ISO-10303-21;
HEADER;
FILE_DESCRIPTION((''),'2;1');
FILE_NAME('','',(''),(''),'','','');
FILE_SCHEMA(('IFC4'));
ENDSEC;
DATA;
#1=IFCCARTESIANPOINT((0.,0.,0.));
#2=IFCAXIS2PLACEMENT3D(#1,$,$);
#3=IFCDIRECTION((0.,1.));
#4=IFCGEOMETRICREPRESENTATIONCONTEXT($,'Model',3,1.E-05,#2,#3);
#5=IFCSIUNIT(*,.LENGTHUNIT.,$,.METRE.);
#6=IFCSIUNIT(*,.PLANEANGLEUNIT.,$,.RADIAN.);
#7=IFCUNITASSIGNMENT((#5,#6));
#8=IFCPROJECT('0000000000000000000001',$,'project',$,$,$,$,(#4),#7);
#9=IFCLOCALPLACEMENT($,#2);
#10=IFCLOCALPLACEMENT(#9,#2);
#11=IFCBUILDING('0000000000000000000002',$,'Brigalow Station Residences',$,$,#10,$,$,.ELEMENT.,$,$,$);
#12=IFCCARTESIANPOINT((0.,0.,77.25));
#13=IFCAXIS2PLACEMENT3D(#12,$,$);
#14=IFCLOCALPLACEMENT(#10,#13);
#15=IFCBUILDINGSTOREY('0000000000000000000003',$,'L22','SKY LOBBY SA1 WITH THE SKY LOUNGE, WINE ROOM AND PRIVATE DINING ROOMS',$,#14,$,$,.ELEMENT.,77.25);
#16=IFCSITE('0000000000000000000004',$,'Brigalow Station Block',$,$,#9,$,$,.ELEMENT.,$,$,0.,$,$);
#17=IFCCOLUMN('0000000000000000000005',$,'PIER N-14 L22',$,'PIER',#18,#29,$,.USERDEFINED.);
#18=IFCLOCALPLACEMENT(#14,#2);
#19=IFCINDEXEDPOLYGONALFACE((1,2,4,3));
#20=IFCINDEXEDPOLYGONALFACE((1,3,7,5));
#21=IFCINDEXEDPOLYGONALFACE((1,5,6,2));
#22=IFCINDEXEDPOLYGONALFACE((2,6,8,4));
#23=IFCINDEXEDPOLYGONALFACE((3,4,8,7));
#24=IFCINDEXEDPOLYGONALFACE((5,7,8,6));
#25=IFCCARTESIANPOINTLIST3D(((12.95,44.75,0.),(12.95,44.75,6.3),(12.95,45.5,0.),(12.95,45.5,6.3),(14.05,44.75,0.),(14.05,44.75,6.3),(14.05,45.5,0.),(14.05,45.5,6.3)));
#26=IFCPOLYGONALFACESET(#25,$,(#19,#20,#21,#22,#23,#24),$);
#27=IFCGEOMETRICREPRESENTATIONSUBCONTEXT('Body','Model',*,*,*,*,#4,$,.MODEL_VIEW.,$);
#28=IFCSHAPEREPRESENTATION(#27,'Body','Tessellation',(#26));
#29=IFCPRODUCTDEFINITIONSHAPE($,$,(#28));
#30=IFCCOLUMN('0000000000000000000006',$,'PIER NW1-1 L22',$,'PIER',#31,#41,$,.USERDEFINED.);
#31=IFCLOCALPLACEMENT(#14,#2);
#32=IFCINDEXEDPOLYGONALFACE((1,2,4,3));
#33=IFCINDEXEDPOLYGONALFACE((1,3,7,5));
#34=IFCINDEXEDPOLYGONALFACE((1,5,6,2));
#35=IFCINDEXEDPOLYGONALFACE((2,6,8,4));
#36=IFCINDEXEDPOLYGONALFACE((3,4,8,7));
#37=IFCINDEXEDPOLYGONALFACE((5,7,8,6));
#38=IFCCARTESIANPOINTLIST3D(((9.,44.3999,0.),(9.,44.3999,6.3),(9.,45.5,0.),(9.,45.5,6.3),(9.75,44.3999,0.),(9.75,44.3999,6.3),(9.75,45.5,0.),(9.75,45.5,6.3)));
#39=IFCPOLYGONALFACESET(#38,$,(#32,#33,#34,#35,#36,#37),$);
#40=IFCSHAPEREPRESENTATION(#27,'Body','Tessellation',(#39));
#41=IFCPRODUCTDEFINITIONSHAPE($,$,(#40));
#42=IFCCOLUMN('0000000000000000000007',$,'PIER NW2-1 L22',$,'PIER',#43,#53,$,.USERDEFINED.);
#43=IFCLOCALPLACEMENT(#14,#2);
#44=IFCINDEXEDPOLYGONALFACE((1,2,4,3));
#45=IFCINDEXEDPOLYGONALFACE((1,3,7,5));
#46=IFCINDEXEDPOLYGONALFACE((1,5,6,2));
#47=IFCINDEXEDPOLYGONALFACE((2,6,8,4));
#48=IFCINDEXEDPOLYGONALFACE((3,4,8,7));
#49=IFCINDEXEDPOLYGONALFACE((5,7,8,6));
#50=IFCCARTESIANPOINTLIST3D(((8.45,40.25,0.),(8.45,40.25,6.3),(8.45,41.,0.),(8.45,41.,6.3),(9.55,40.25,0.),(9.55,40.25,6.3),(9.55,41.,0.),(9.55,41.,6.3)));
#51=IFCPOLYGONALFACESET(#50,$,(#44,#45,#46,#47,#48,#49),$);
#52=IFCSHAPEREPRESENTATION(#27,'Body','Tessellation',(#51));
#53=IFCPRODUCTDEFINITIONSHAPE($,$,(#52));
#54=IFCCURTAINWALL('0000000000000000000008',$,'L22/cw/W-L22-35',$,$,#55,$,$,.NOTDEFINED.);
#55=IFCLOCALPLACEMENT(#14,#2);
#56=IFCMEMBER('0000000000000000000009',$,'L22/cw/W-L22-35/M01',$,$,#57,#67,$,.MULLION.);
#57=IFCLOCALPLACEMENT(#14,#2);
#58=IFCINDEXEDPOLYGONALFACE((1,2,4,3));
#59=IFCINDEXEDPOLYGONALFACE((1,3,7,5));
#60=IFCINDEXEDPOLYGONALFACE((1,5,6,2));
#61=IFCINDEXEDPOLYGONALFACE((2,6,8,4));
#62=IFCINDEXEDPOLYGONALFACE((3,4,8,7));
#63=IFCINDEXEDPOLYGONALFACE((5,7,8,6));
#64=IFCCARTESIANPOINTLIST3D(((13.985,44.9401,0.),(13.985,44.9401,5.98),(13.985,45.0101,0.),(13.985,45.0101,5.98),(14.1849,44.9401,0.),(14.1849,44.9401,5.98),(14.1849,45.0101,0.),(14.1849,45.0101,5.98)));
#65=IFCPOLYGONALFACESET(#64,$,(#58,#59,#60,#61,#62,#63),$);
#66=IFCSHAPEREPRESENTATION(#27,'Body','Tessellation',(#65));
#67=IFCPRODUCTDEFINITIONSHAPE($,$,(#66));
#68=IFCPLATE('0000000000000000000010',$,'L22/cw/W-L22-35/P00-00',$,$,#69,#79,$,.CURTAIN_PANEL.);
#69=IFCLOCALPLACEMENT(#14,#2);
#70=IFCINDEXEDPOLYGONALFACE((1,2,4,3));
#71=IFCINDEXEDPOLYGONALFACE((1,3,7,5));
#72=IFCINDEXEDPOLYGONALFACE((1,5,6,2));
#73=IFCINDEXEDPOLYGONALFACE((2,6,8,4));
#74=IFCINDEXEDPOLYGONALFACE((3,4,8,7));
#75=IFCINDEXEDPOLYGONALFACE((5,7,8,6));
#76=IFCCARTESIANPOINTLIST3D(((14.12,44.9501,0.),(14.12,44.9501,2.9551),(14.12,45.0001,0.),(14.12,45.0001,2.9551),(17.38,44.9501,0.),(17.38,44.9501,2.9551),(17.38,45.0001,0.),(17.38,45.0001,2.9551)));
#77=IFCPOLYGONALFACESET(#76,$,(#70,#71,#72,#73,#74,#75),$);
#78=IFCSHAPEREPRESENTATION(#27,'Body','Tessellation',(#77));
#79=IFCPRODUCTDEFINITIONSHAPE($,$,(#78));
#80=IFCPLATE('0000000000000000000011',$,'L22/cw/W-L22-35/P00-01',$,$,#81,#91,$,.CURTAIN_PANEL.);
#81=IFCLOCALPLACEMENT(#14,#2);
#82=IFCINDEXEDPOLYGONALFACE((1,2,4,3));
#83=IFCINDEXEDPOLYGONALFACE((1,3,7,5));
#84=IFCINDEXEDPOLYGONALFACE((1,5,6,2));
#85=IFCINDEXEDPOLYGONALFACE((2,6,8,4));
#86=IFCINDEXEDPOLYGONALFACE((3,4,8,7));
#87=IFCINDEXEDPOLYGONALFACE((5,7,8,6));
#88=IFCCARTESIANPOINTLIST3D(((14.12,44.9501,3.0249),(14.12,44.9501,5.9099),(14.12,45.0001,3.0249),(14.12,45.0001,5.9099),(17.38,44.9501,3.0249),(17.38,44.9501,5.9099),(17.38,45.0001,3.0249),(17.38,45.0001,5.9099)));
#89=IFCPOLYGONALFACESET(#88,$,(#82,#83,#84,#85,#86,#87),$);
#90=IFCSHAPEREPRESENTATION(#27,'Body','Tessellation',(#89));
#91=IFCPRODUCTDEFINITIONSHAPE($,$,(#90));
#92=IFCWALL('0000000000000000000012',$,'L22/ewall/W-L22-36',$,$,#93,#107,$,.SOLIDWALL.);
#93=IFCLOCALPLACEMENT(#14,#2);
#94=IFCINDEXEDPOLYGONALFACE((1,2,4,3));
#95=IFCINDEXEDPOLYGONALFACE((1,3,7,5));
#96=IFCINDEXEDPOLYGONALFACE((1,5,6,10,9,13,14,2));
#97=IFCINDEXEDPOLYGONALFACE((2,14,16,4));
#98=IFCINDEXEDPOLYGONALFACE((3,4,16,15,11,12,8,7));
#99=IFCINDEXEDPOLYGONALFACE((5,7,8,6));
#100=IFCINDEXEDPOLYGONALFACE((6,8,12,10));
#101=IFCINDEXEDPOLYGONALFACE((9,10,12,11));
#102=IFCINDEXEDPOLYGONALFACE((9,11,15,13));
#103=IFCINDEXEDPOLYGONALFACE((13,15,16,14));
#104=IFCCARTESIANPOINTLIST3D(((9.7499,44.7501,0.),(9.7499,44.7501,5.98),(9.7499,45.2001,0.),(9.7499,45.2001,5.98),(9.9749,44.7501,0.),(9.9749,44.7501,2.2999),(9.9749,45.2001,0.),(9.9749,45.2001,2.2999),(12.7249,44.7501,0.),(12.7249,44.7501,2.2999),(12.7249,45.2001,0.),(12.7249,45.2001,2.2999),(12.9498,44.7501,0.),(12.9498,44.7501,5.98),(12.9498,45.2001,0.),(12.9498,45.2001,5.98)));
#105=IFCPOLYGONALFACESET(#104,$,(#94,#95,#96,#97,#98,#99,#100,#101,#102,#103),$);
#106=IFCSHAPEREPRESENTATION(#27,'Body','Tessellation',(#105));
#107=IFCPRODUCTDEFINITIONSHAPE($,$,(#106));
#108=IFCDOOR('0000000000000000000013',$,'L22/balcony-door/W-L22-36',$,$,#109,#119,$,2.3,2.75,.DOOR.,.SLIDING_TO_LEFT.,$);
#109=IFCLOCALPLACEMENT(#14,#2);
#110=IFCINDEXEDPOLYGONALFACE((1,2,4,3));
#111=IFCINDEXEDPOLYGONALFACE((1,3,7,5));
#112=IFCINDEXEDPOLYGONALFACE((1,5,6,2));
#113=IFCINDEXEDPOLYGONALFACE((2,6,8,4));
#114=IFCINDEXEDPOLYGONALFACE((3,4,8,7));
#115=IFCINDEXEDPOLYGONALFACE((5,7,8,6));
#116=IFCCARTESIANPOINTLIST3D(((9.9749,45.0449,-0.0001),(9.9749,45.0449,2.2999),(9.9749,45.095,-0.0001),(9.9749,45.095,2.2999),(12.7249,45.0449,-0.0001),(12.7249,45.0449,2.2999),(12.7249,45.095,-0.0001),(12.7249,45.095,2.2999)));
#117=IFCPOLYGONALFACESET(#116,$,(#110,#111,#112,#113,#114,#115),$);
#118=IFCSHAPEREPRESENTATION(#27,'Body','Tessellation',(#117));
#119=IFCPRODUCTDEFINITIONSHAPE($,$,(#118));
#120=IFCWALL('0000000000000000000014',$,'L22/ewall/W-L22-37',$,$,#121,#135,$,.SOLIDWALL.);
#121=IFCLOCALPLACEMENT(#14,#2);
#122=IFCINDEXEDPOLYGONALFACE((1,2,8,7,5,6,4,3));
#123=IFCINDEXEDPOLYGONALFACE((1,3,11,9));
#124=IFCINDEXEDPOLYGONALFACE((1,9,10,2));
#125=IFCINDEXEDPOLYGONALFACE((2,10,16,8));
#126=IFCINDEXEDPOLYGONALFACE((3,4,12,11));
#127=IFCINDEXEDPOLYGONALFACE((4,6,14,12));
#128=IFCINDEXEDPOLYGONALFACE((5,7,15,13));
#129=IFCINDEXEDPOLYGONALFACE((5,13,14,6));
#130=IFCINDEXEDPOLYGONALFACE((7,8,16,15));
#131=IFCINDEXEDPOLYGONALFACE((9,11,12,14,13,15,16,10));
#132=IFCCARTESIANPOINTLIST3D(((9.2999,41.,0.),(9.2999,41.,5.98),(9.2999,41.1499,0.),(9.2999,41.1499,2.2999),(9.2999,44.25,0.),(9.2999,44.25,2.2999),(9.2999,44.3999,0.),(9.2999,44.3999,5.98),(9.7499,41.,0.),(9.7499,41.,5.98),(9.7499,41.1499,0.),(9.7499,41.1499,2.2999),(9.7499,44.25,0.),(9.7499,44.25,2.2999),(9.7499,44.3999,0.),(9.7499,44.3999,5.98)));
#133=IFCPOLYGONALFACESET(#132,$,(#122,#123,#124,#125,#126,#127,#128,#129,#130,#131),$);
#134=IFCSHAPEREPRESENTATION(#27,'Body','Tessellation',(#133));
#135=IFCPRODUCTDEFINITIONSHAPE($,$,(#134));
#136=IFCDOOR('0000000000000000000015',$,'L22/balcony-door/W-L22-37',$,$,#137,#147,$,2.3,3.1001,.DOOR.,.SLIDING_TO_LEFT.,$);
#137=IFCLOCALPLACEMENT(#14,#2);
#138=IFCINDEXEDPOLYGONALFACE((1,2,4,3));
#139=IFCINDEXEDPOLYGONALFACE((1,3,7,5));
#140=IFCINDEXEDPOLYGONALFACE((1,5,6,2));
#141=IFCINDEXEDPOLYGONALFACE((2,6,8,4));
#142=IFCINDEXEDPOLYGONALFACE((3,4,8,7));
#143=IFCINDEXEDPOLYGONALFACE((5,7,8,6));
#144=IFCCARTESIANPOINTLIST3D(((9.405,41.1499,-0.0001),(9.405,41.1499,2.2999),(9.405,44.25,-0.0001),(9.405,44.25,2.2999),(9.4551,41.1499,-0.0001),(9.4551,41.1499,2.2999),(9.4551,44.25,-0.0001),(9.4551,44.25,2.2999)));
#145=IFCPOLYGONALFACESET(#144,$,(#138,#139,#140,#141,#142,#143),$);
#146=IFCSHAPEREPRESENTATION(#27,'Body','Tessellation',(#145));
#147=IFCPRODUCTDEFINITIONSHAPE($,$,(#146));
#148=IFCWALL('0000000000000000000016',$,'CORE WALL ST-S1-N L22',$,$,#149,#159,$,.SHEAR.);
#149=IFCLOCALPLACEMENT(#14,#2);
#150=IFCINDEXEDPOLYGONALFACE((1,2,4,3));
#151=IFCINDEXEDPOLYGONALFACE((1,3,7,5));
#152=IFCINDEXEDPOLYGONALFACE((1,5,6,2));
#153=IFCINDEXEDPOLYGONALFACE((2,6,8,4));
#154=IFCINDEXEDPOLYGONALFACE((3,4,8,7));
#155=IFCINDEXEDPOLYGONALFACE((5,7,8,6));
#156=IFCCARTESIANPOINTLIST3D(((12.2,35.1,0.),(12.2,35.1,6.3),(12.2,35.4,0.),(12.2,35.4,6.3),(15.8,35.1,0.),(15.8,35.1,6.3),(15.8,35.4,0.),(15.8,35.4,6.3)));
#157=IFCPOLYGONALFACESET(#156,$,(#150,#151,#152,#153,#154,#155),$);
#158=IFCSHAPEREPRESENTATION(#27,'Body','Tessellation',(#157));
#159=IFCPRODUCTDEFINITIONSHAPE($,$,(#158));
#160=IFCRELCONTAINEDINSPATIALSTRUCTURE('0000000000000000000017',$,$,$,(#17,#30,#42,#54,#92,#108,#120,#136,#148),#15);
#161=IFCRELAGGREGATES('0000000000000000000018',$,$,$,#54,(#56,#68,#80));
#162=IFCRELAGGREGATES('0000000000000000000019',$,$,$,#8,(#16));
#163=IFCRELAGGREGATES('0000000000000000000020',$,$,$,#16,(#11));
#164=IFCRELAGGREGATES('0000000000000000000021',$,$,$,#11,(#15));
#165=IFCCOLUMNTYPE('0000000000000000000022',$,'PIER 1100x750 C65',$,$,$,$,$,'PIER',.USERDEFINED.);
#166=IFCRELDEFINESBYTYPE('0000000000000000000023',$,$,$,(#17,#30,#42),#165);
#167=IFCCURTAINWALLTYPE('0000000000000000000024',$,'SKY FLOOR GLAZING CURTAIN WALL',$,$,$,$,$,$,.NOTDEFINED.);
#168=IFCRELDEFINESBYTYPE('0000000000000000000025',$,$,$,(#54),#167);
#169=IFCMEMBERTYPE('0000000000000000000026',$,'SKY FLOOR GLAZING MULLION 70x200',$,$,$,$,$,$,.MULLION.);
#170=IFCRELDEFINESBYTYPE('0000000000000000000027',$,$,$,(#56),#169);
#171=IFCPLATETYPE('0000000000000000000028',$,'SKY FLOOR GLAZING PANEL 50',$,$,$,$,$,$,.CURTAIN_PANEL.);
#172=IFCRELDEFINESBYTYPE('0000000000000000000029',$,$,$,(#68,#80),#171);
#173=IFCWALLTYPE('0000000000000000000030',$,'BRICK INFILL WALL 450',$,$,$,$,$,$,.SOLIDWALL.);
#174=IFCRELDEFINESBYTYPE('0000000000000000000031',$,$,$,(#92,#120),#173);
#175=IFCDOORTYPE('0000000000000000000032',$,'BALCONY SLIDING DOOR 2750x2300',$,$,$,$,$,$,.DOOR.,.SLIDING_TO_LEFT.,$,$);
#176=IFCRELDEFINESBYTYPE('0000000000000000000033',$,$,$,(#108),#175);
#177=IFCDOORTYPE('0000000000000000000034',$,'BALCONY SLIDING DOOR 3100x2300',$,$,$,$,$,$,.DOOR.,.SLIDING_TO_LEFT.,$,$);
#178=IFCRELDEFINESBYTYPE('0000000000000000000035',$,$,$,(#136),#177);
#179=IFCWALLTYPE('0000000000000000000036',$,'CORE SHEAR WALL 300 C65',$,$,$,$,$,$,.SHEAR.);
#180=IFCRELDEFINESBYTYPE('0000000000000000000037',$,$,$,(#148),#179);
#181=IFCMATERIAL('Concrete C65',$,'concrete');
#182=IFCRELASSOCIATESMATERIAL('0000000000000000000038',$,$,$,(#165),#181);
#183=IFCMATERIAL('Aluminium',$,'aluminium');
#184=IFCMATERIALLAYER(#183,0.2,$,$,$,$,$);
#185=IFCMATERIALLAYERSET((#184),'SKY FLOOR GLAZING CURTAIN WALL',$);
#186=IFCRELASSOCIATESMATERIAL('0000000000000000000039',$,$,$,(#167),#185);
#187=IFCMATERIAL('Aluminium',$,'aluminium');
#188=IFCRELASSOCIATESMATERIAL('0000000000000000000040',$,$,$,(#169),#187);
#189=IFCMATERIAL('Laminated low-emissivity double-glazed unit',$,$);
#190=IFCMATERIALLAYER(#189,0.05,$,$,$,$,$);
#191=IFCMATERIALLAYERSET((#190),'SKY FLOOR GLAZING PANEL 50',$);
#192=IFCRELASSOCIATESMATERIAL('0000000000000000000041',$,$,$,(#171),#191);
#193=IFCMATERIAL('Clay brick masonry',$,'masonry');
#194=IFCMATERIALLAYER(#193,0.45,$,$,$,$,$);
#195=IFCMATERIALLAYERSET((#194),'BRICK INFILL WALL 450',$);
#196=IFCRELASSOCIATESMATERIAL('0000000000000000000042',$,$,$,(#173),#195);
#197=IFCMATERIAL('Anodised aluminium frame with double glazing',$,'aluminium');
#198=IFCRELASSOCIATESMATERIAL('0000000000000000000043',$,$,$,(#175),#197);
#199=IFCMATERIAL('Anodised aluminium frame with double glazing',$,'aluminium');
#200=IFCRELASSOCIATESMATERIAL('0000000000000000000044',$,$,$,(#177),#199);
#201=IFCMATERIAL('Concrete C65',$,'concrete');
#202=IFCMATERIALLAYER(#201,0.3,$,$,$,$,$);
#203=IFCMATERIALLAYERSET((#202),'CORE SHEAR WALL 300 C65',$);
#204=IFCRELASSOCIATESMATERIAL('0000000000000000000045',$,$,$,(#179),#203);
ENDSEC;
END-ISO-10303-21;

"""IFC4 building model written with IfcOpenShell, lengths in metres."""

from ifc_helpers import new_model, si_unit, direction, frame, frame_2d, origin, origin_2d, place, context, subcontext, project, spatial, rectangle, extrude, material, layer, layer_set, material_profile, profile_set, type_object, element, fill, aggregate, save


model = new_model("IFC4")

# Units and contexts
model_context = context("Model", 3, precision=1e-05, world=origin(), true_north=direction((0.0, 1.0)))
body_context = subcontext(model_context, "Body", "Model", "MODEL_VIEW")
ifc_project = project(units=[si_unit("LENGTHUNIT", "METRE"), si_unit("PLANEANGLEUNIT", "RADIAN")], contexts=[model_context])

# Site, building, storey
site_placement = place(None, origin())
site = spatial("IfcSite", under=ifc_project, at=site_placement, Name="Brigalow Station Block", CompositionType="ELEMENT", RefElevation=0.0)
building_placement = place(site_placement, origin())
building = spatial("IfcBuilding", under=site, at=building_placement, Name="Brigalow Station Residences", CompositionType="ELEMENT")
storey_placement = place(building_placement, frame((0.0, 0.0, 77.25)))
storey = spatial("IfcBuildingStorey", under=building, at=storey_placement, Name="L22", Description="SKY LOBBY SA1 WITH THE SKY LOUNGE, WINE ROOM AND PRIVATE DINING ROOMS", CompositionType="ELEMENT", Elevation=77.25)

# Columns
ifc_material_1 = material(Name="Concrete C65", Category="concrete")
ifc_material_profile_1 = material_profile(ifc_material_1, rectangle(XDim=1.1001, YDim=0.75, at=origin_2d()), Name="RC1100x750")
ifc_profile_set_1 = profile_set([ifc_material_profile_1], Name="Concrete C65")
column_type = type_object("IfcColumnType", Name="PIER 1100x750 C65", ElementType="PIER", PredefinedType="USERDEFINED", material=ifc_profile_set_1)
for number, where, z_axis, x_axis, name in (
    (1, (13.5, 45.125, 0.0), (0.0, 0.0, 1.0), (-1.0, 0.0, 0.0), "PIER N-14 L22"),
    (2, (9.375, 44.95, 0.0), (0.0, 0.0, 1.0), (0.0, -1.0, 0.0), "PIER NW1-1 L22"),
    (3, (9.0, 40.625, 0.0), (0.0, 0.0, 1.0), (-1.0, 0.0, 0.0), "PIER NW2-1 L22"),
):
    element("IfcColumn", number, at=place(storey_placement, frame(where, z_axis=z_axis, x_axis=x_axis)), inside=storey, type_object=column_type, Name=name, ObjectType="PIER", PredefinedType="USERDEFINED", context=body_context, shape_type="SweptSolid", body=[
        extrude(rectangle(XDim=1.1001, YDim=0.75, at=origin_2d()), origin(), (0.0, 0.0, 1.0), 6.3),
    ])

# Curtain wall, member, plates
ifc_material_2 = material(Name="Aluminium", Category="aluminium")
ifc_layer_1 = layer(ifc_material_2, 0.2)
ifc_layer_set_1 = layer_set([ifc_layer_1], Name="SKY FLOOR GLAZING CURTAIN WALL")
curtain_wall_type = type_object("IfcCurtainWallType", Name="SKY FLOOR GLAZING CURTAIN WALL", PredefinedType="NOTDEFINED", material=ifc_layer_set_1)
curtain_wall_placement = place(storey_placement, origin())
curtain_wall = element("IfcCurtainWall", 4, at=curtain_wall_placement, inside=storey, type_object=curtain_wall_type, Name="L22/cw/W-L22-35", PredefinedType="NOTDEFINED")
ifc_material_3 = material(Name="Aluminium", Category="aluminium")
ifc_material_profile_2 = material_profile(ifc_material_3, rectangle(XDim=0.0701, YDim=0.2, at=origin_2d()), Name="SKY FLOOR GLAZING MULLION 70x200")
ifc_profile_set_2 = profile_set([ifc_material_profile_2], Name="Aluminium")
member_type = type_object("IfcMemberType", Name="SKY FLOOR GLAZING MULLION 70x200", PredefinedType="MULLION", material=ifc_profile_set_2)
member_placement = place(storey_placement, frame((14.085, 44.9751, 0.0), z_axis=(0.0, 0.0, 1.0), x_axis=(0.0, -1.0, 0.0)))
member = element("IfcMember", 5, at=member_placement, type_object=member_type, Name="L22/cw/W-L22-35/M01", PredefinedType="MULLION", context=body_context, shape_type="SweptSolid", body=[
    extrude(rectangle(XDim=0.0701, YDim=0.2, at=origin_2d()), origin(), (0.0, 0.0, 1.0), 5.98),
])
ifc_material_4 = material(Name="Laminated low-emissivity double-glazed unit")
ifc_layer_2 = layer(ifc_material_4, 0.05)
ifc_layer_set_2 = layer_set([ifc_layer_2], Name="SKY FLOOR GLAZING PANEL 50")
plate_type = type_object("IfcPlateType", Name="SKY FLOOR GLAZING PANEL 50", PredefinedType="CURTAIN_PANEL", material=ifc_layer_set_2)
plate_1_placement = place(storey_placement, frame((15.75, 44.9751, 0.0), z_axis=(0.0, 0.0, 1.0), x_axis=(-1.0, 0.0, 0.0)))
plate_1 = element("IfcPlate", 6, at=plate_1_placement, type_object=plate_type, Name="L22/cw/W-L22-35/P00-00", PredefinedType="CURTAIN_PANEL", context=body_context, shape_type="SweptSolid", body=[
    extrude(rectangle(XDim=3.26, YDim=0.05, at=origin_2d()), origin(), (0.0, 0.0, 1.0), 2.9551),
])
plate_2_placement = place(storey_placement, frame((15.75, 44.9751, 3.0249), z_axis=(0.0, 0.0, 1.0), x_axis=(-1.0, 0.0, 0.0)))
plate_2 = element("IfcPlate", 7, at=plate_2_placement, type_object=plate_type, Name="L22/cw/W-L22-35/P00-01", PredefinedType="CURTAIN_PANEL", context=body_context, shape_type="SweptSolid", body=[
    extrude(rectangle(XDim=3.26, YDim=0.05, at=origin_2d()), origin(), (0.0, 0.0, 1.0), 2.885),
])
aggregate(curtain_wall, [member, plate_1, plate_2])

# Walls, openings, doors
ifc_material_5 = material(Name="Clay brick masonry", Category="masonry")
ifc_layer_3 = layer(ifc_material_5, 0.45)
ifc_layer_set_3 = layer_set([ifc_layer_3], Name="BRICK INFILL WALL 450")
wall_type_1 = type_object("IfcWallType", Name="BRICK INFILL WALL 450", PredefinedType="SOLIDWALL", material=ifc_layer_set_3)
wall_1_placement = place(storey_placement, frame((12.95, 44.9751, 0.0), z_axis=(0.0, 0.0, 1.0), x_axis=(-1.0, 0.0, 0.0)))
wall_1 = element("IfcWall", 8, at=wall_1_placement, inside=storey, type_object=wall_type_1, Name="L22/ewall/W-L22-36", PredefinedType="SOLIDWALL", context=body_context, shape_type="SweptSolid", body=[
    extrude(rectangle(XDim=3.2, YDim=0.45, at=frame_2d((1.6001, 0.0))), origin(), (0.0, 0.0, 1.0), 5.98),
])
opening_1_placement = place(wall_1_placement, frame((0.2251, 0.0, 0.0)))
opening_1 = element("IfcOpeningElement", 9, at=opening_1_placement, cuts=wall_1, PredefinedType="OPENING", context=body_context, shape_type="SweptSolid", body=[
    extrude(rectangle(XDim=2.75, YDim=2.3, at=frame_2d((1.375, 1.1499))), frame((0.0, 0.2349, 0.0), z_axis=(0.0, -1.0, 0.0), x_axis=(1.0, 0.0, 0.0)), (0.0, 0.0, 1.0), 0.47),
])
ifc_material_6 = material(Name="Anodised aluminium frame with double glazing", Category="aluminium")
door_type_1 = type_object("IfcDoorType", Name="BALCONY SLIDING DOOR 2750x2300", OperationType="SLIDING_TO_LEFT", PredefinedType="DOOR", material=ifc_material_6)
door_1_placement = place(opening_1_placement, origin())
door_1 = element("IfcDoor", 10, at=door_1_placement, inside=storey, type_object=door_type_1, Name="L22/balcony-door/W-L22-36", OperationType="SLIDING_TO_LEFT", OverallHeight=2.3, OverallWidth=2.75, PredefinedType="DOOR", context=body_context, shape_type="SweptSolid", body=[
    extrude(rectangle(XDim=2.75, YDim=2.3, at=frame_2d((1.375, 1.1499))), frame((0.0, -0.0698, 0.0), z_axis=(0.0, -1.0, 0.0), x_axis=(1.0, 0.0, 0.0)), (0.0, 0.0, 1.0), 0.05),
])
fill(opening_1, door_1)
wall_2_placement = place(storey_placement, frame((9.5249, 44.3999, 0.0), z_axis=(0.0, 0.0, 1.0), x_axis=(0.0, -1.0, 0.0)))
wall_2 = element("IfcWall", 11, at=wall_2_placement, inside=storey, type_object=wall_type_1, Name="L22/ewall/W-L22-37", PredefinedType="SOLIDWALL", context=body_context, shape_type="SweptSolid", body=[
    extrude(rectangle(XDim=3.3999, YDim=0.45, at=frame_2d((1.7, 0.0))), origin(), (0.0, 0.0, 1.0), 5.98),
])
opening_2_placement = place(wall_2_placement, frame((0.1499, 0.0, 0.0)))
opening_2 = element("IfcOpeningElement", 12, at=opening_2_placement, cuts=wall_2, PredefinedType="OPENING", context=body_context, shape_type="SweptSolid", body=[
    extrude(rectangle(XDim=3.1001, YDim=2.3, at=frame_2d((1.55, 1.1499))), frame((0.0, 0.2349, 0.0), z_axis=(0.0, -1.0, 0.0), x_axis=(1.0, 0.0, 0.0)), (0.0, 0.0, 1.0), 0.47),
])
ifc_material_7 = material(Name="Anodised aluminium frame with double glazing", Category="aluminium")
door_type_2 = type_object("IfcDoorType", Name="BALCONY SLIDING DOOR 3100x2300", OperationType="SLIDING_TO_LEFT", PredefinedType="DOOR", material=ifc_material_7)
door_2_placement = place(opening_2_placement, origin())
door_2 = element("IfcDoor", 13, at=door_2_placement, inside=storey, type_object=door_type_2, Name="L22/balcony-door/W-L22-37", OperationType="SLIDING_TO_LEFT", OverallHeight=2.3, OverallWidth=3.1001, PredefinedType="DOOR", context=body_context, shape_type="SweptSolid", body=[
    extrude(rectangle(XDim=3.1001, YDim=2.3, at=frame_2d((1.55, 1.1499))), frame((0.0, -0.0698, 0.0), z_axis=(0.0, -1.0, 0.0), x_axis=(1.0, 0.0, 0.0)), (0.0, 0.0, 1.0), 0.05),
])
fill(opening_2, door_2)

# Wall
ifc_material_8 = material(Name="Concrete C65", Category="concrete")
ifc_layer_4 = layer(ifc_material_8, 0.3)
ifc_layer_set_4 = layer_set([ifc_layer_4], Name="CORE SHEAR WALL 300 C65")
wall_type_2 = type_object("IfcWallType", Name="CORE SHEAR WALL 300 C65", PredefinedType="SHEAR", material=ifc_layer_set_4)
wall_3_placement = place(storey_placement, frame((12.2, 35.25, 0.0), z_axis=(0.0, 0.0, 1.0), x_axis=(1.0, 0.0, 0.0)))
element("IfcWall", 14, at=wall_3_placement, inside=storey, type_object=wall_type_2, Name="CORE WALL ST-S1-N L22", PredefinedType="SHEAR", context=body_context, shape_type="SweptSolid", body=[
    extrude(rectangle(XDim=3.6001, YDim=0.3, at=frame_2d((1.8, 0.0))), origin(), (0.0, 0.0, 1.0), 6.3),
])

save(model, "model.ifc")
